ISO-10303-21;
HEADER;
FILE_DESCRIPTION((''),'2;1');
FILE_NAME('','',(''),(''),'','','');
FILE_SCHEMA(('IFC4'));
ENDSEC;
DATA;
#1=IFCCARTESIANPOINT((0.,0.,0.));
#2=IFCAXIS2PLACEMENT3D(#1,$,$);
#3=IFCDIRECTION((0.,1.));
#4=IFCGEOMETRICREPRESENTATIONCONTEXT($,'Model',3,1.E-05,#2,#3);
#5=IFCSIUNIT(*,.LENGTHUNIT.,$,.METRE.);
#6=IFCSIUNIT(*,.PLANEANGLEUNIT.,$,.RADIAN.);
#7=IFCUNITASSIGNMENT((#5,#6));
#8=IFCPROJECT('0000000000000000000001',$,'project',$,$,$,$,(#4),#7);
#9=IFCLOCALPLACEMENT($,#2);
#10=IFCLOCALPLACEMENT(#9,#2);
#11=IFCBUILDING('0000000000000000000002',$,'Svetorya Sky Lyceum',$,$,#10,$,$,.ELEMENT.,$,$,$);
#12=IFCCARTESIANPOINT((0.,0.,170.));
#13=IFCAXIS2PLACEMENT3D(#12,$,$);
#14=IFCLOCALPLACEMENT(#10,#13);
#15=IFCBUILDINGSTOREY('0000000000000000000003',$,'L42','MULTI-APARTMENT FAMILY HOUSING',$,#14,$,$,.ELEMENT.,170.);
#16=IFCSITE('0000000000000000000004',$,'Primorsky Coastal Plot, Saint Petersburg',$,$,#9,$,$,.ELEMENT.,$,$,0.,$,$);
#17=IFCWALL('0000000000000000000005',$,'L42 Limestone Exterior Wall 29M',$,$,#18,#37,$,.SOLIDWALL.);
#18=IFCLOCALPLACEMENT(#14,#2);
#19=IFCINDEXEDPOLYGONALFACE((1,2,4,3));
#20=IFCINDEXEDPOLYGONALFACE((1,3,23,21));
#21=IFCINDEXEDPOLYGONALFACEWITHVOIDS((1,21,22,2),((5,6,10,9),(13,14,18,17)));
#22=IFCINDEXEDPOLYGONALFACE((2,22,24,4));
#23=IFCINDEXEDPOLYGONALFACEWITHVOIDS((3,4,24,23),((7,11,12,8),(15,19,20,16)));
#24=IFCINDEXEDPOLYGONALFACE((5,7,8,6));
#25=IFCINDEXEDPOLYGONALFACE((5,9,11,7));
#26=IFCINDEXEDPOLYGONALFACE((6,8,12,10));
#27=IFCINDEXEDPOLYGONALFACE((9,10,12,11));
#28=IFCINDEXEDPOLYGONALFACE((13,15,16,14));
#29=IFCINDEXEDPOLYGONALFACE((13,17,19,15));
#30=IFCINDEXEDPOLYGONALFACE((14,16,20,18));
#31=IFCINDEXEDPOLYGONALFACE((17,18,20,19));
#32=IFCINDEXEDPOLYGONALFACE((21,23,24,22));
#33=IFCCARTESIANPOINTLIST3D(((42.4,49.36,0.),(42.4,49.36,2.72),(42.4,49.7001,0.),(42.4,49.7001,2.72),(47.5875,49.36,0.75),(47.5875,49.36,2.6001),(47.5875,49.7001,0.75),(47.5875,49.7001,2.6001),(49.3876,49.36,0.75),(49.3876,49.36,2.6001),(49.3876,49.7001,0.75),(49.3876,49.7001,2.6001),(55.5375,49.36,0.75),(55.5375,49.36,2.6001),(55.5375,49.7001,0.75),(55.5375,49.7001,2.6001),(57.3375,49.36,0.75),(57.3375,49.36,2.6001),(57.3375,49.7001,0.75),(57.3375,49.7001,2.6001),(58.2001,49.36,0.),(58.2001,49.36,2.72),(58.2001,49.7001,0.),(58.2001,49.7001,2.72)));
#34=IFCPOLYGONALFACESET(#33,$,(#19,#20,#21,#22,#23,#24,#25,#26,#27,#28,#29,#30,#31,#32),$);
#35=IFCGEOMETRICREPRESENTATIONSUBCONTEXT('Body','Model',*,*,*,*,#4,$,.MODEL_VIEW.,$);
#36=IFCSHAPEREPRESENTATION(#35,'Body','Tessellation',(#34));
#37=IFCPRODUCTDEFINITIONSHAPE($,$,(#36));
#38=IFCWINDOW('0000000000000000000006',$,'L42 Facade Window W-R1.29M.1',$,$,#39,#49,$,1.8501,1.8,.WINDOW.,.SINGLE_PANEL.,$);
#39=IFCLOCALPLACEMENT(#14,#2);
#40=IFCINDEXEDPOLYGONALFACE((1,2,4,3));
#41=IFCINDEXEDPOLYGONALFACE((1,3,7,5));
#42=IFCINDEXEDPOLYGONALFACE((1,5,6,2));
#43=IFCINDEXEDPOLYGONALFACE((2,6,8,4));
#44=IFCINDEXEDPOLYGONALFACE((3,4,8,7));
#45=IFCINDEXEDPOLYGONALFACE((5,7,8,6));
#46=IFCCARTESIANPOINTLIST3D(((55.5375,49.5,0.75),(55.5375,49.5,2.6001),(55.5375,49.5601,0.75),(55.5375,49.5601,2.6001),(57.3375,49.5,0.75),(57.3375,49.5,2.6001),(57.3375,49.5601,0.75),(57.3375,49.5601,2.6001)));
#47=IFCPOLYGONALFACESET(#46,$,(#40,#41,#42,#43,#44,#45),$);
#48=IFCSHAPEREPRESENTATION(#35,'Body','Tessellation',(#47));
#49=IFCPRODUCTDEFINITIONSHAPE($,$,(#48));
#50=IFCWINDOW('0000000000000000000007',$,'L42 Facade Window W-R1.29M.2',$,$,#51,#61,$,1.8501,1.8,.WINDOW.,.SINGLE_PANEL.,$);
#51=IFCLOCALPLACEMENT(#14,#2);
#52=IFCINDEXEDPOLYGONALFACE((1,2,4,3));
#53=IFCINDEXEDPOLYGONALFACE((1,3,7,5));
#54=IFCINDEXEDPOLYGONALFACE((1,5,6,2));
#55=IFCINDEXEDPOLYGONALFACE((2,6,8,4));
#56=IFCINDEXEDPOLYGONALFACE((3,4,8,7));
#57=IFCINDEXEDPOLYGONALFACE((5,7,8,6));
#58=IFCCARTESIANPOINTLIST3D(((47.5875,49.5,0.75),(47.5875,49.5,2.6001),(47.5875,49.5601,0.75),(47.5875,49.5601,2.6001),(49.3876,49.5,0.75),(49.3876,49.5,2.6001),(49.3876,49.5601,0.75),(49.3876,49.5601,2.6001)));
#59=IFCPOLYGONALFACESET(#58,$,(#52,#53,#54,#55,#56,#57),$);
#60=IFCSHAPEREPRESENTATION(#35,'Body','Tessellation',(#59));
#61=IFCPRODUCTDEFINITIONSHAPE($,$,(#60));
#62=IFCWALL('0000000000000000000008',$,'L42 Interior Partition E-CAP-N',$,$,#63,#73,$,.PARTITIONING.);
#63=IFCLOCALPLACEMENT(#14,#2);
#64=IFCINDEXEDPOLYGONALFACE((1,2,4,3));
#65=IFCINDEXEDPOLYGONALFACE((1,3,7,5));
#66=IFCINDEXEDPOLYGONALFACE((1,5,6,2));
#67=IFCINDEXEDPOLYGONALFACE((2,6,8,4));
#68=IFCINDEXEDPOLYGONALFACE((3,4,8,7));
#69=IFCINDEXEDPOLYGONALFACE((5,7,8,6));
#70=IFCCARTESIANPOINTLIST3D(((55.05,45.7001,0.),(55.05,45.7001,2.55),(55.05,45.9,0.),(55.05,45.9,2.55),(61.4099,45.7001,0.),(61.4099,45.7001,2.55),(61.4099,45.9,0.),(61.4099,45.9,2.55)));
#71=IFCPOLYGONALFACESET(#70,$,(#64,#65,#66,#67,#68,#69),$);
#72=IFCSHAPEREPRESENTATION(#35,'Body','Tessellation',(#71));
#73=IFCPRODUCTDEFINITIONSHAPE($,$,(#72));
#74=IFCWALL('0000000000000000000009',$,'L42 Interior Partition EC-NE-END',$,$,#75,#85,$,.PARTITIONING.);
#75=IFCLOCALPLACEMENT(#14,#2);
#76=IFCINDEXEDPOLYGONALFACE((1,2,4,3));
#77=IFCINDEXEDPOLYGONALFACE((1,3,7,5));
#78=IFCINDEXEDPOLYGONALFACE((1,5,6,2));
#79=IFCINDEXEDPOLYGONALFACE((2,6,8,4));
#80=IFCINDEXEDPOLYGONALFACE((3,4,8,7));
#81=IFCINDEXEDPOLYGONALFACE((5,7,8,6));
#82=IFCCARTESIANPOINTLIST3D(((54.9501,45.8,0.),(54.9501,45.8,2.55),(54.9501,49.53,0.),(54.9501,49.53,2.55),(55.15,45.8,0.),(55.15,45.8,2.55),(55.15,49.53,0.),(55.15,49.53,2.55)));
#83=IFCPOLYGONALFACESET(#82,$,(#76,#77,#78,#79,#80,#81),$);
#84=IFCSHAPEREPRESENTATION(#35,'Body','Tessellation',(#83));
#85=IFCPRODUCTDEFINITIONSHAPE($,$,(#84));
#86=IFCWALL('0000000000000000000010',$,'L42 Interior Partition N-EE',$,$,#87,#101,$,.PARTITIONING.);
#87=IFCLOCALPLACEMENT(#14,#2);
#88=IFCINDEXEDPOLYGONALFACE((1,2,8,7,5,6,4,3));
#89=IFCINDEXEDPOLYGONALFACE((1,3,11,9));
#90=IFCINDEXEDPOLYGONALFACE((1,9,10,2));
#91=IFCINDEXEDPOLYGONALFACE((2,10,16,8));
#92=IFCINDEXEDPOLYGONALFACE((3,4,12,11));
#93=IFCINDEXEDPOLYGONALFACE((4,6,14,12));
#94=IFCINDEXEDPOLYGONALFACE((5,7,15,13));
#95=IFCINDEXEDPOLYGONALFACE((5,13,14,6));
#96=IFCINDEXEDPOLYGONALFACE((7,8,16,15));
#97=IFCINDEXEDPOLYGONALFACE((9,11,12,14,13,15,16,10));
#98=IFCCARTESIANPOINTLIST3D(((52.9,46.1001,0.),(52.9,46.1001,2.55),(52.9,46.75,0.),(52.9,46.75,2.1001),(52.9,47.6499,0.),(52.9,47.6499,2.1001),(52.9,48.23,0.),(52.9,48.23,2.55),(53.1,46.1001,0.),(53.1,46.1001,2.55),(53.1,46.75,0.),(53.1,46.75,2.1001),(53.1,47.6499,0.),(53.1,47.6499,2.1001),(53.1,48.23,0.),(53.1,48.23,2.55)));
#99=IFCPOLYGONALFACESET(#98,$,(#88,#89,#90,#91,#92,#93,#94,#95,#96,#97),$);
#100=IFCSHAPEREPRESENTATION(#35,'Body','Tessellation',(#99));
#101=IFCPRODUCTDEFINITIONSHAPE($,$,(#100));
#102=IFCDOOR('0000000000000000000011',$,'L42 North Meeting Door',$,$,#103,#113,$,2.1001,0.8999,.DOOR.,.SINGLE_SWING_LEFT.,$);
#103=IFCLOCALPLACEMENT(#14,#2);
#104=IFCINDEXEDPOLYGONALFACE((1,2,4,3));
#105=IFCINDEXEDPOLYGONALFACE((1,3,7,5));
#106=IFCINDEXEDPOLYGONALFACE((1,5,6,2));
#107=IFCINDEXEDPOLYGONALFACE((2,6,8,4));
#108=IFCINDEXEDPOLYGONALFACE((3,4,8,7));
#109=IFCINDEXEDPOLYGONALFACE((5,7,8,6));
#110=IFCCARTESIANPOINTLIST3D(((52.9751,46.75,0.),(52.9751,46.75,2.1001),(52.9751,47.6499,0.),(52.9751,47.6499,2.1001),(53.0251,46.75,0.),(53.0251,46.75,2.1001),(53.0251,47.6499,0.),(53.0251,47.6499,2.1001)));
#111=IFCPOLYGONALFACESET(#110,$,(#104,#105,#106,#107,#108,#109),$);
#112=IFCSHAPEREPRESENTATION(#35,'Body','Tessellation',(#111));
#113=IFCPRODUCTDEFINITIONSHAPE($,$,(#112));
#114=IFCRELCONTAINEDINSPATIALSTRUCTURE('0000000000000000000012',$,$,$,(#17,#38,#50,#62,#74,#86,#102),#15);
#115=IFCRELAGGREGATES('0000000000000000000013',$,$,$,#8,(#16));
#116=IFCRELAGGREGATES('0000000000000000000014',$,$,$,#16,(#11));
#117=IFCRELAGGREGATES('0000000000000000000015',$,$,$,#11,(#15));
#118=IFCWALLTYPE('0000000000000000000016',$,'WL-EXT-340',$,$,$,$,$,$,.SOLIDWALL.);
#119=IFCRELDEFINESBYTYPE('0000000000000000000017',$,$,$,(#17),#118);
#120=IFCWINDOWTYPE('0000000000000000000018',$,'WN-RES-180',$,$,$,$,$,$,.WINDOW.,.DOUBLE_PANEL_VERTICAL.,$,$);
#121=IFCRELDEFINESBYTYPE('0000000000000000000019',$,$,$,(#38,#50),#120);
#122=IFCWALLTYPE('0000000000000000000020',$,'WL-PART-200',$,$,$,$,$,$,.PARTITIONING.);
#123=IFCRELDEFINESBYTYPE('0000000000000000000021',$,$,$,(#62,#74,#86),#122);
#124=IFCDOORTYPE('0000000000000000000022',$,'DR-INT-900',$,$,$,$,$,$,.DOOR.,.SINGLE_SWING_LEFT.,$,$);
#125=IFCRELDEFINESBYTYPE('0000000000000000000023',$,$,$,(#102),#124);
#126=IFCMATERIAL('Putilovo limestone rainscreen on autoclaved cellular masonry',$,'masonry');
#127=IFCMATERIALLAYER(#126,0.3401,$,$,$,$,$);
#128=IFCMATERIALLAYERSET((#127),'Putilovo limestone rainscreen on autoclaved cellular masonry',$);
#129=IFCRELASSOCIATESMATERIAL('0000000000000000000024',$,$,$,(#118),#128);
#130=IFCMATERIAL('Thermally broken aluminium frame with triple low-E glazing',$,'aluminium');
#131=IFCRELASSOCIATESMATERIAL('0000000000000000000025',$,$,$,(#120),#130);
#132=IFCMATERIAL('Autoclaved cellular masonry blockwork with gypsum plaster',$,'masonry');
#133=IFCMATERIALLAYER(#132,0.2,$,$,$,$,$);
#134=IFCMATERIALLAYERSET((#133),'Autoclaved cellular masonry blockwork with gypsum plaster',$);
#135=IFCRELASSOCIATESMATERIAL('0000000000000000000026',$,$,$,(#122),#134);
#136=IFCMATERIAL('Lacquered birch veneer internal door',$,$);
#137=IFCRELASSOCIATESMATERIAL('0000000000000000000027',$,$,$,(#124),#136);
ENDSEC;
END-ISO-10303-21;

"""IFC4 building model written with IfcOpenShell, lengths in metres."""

from ifc_helpers import new_model, si_unit, direction, frame, frame_2d, origin, place, context, subcontext, project, spatial, rectangle, extrude, material, layer, layer_set, type_object, element, fill, save


model = new_model("IFC4")

# Units and contexts
model_context = context("Model", 3, precision=1e-05, world=origin(), true_north=direction((0.0, 1.0)))
body_context = subcontext(model_context, "Body", "Model", "MODEL_VIEW")
ifc_project = project(units=[si_unit("LENGTHUNIT", "METRE"), si_unit("PLANEANGLEUNIT", "RADIAN")], contexts=[model_context])

# Site, building, storey
site_placement = place(None, origin())
site = spatial("IfcSite", under=ifc_project, at=site_placement, Name="Primorsky Coastal Plot, Saint Petersburg", CompositionType="ELEMENT", RefElevation=0.0)
building_placement = place(site_placement, origin())
building = spatial("IfcBuilding", under=site, at=building_placement, Name="Svetorya Sky Lyceum", CompositionType="ELEMENT")
storey_placement = place(building_placement, frame((0.0, 0.0, 170.0)))
storey = spatial("IfcBuildingStorey", under=building, at=storey_placement, Name="L42", Description="MULTI-APARTMENT FAMILY HOUSING", CompositionType="ELEMENT", Elevation=170.0)

# Shared definitions
ifc_material_1 = material(Name="Putilovo limestone rainscreen on autoclaved cellular masonry", Category="masonry")
ifc_layer_1 = layer(ifc_material_1, 0.3401)
ifc_layer_set_1 = layer_set([ifc_layer_1], Name="Putilovo limestone rainscreen on autoclaved cellular masonry")
wall_type_1 = type_object("IfcWallType", Name="WL-EXT-340", PredefinedType="SOLIDWALL", material=ifc_layer_set_1)

# Wall, openings, windows
wall_1_placement = place(storey_placement, frame((58.2, 49.53, 0.0), z_axis=(0.0, 0.0, 1.0), x_axis=(-1.0, 0.0, 0.0)))
wall_1 = element("IfcWall", 1, at=wall_1_placement, inside=storey, type_object=wall_type_1, Name="L42 Limestone Exterior Wall 29M", PredefinedType="SOLIDWALL", context=body_context, shape_type="SweptSolid", body=[
    extrude(rectangle(XDim=15.8, YDim=0.3401, at=frame_2d((7.8999, 0.0))), origin(), (0.0, 0.0, 1.0), 2.72),
])
opening_1_placement = place(wall_1_placement, frame((0.8625, 0.0, 0.75)))
opening_1 = element("IfcOpeningElement", 2, at=opening_1_placement, cuts=wall_1, PredefinedType="OPENING", context=body_context, shape_type="SweptSolid", body=[
    extrude(rectangle(XDim=1.8, YDim=1.8501, at=frame_2d((0.8999, 0.925))), frame((0.0, 0.1799, 0.0), z_axis=(0.0, -1.0, 0.0), x_axis=(1.0, 0.0, 0.0)), (0.0, 0.0, 1.0), 0.3601),
])
opening_2_placement = place(wall_1_placement, frame((8.8125, 0.0, 0.75)))
opening_2 = element("IfcOpeningElement", 3, at=opening_2_placement, cuts=wall_1, PredefinedType="OPENING", context=body_context, shape_type="SweptSolid", body=[
    extrude(rectangle(XDim=1.8, YDim=1.8501, at=frame_2d((0.8999, 0.925))), frame((0.0, 0.1799, 0.0), z_axis=(0.0, -1.0, 0.0), x_axis=(1.0, 0.0, 0.0)), (0.0, 0.0, 1.0), 0.3601),
])
ifc_material_2 = material(Name="Thermally broken aluminium frame with triple low-E glazing", Category="aluminium")
window_type = type_object("IfcWindowType", Name="WN-RES-180", PartitioningType="DOUBLE_PANEL_VERTICAL", PredefinedType="WINDOW", material=ifc_material_2)
window_1_placement = place(opening_1_placement, origin())
window_1 = element("IfcWindow", 4, at=window_1_placement, inside=storey, type_object=window_type, Name="L42 Facade Window W-R1.29M.1", OverallHeight=1.8501, OverallWidth=1.8, PartitioningType="SINGLE_PANEL", PredefinedType="WINDOW", context=body_context, shape_type="SweptSolid", body=[
    extrude(rectangle(XDim=1.8, YDim=1.8501, at=frame_2d((0.8999, 0.925))), frame((0.0, 0.03, 0.0), z_axis=(0.0, -1.0, 0.0), x_axis=(1.0, 0.0, 0.0)), (0.0, 0.0, 1.0), 0.0601),
])
fill(opening_1, window_1)
window_2_placement = place(opening_2_placement, origin())
window_2 = element("IfcWindow", 5, at=window_2_placement, inside=storey, type_object=window_type, Name="L42 Facade Window W-R1.29M.2", OverallHeight=1.8501, OverallWidth=1.8, PartitioningType="SINGLE_PANEL", PredefinedType="WINDOW", context=body_context, shape_type="SweptSolid", body=[
    extrude(rectangle(XDim=1.8, YDim=1.8501, at=frame_2d((0.8999, 0.925))), frame((0.0, 0.03, 0.0), z_axis=(0.0, -1.0, 0.0), x_axis=(1.0, 0.0, 0.0)), (0.0, 0.0, 1.0), 0.0601),
])
fill(opening_2, window_2)

# Walls
ifc_material_3 = material(Name="Autoclaved cellular masonry blockwork with gypsum plaster", Category="masonry")
ifc_layer_2 = layer(ifc_material_3, 0.2)
ifc_layer_set_2 = layer_set([ifc_layer_2], Name="Autoclaved cellular masonry blockwork with gypsum plaster")
wall_type_2 = type_object("IfcWallType", Name="WL-PART-200", PredefinedType="PARTITIONING", material=ifc_layer_set_2)
wall_2_placement = place(storey_placement, frame((55.05, 45.8, 0.0), z_axis=(0.0, 0.0, 1.0), x_axis=(1.0, 0.0, 0.0)))
element("IfcWall", 6, at=wall_2_placement, inside=storey, type_object=wall_type_2, Name="L42 Interior Partition E-CAP-N", PredefinedType="PARTITIONING", context=body_context, shape_type="SweptSolid", body=[
    extrude(rectangle(XDim=6.3599, YDim=0.2, at=frame_2d((3.1799, 0.0))), origin(), (0.0, 0.0, 1.0), 2.55),
])
wall_3_placement = place(storey_placement, frame((55.05, 45.8, 0.0), z_axis=(0.0, 0.0, 1.0), x_axis=(0.0, 1.0, 0.0)))
element("IfcWall", 7, at=wall_3_placement, inside=storey, type_object=wall_type_2, Name="L42 Interior Partition EC-NE-END", PredefinedType="PARTITIONING", context=body_context, shape_type="SweptSolid", body=[
    extrude(rectangle(XDim=3.73, YDim=0.2, at=frame_2d((1.865, 0.0))), origin(), (0.0, 0.0, 1.0), 2.55),
])

# Wall, opening, door
wall_4_placement = place(storey_placement, frame((53.0, 46.1001, 0.0), z_axis=(0.0, 0.0, 1.0), x_axis=(0.0, 1.0, 0.0)))
wall_4 = element("IfcWall", 8, at=wall_4_placement, inside=storey, type_object=wall_type_2, Name="L42 Interior Partition N-EE", PredefinedType="PARTITIONING", context=body_context, shape_type="SweptSolid", body=[
    extrude(rectangle(XDim=2.1299, YDim=0.2, at=frame_2d((1.0649, 0.0))), origin(), (0.0, 0.0, 1.0), 2.55),
])
opening_3_placement = place(wall_4_placement, frame((0.6499, 0.0, 0.0)))
opening_3 = element("IfcOpeningElement", 9, at=opening_3_placement, cuts=wall_4, PredefinedType="OPENING", context=body_context, shape_type="SweptSolid", body=[
    extrude(rectangle(XDim=0.8999, YDim=2.1001, at=frame_2d((0.45, 1.05))), frame((0.0, 0.1099, 0.0), z_axis=(0.0, -1.0, 0.0), x_axis=(1.0, 0.0, 0.0)), (0.0, 0.0, 1.0), 0.22),
])
ifc_material_4 = material(Name="Lacquered birch veneer internal door")
door_type = type_object("IfcDoorType", Name="DR-INT-900", OperationType="SINGLE_SWING_LEFT", PredefinedType="DOOR", material=ifc_material_4)
door_placement = place(opening_3_placement, origin())
door = element("IfcDoor", 10, at=door_placement, inside=storey, type_object=door_type, Name="L42 North Meeting Door", OperationType="SINGLE_SWING_LEFT", OverallHeight=2.1001, OverallWidth=0.8999, PredefinedType="DOOR", context=body_context, shape_type="SweptSolid", body=[
    extrude(rectangle(XDim=0.8999, YDim=2.1001, at=frame_2d((0.45, 1.05))), frame((0.0, 0.0249, 0.0), z_axis=(0.0, -1.0, 0.0), x_axis=(1.0, 0.0, 0.0)), (0.0, 0.0, 1.0), 0.05),
])
fill(opening_3, door)

save(model, "model.ifc")
